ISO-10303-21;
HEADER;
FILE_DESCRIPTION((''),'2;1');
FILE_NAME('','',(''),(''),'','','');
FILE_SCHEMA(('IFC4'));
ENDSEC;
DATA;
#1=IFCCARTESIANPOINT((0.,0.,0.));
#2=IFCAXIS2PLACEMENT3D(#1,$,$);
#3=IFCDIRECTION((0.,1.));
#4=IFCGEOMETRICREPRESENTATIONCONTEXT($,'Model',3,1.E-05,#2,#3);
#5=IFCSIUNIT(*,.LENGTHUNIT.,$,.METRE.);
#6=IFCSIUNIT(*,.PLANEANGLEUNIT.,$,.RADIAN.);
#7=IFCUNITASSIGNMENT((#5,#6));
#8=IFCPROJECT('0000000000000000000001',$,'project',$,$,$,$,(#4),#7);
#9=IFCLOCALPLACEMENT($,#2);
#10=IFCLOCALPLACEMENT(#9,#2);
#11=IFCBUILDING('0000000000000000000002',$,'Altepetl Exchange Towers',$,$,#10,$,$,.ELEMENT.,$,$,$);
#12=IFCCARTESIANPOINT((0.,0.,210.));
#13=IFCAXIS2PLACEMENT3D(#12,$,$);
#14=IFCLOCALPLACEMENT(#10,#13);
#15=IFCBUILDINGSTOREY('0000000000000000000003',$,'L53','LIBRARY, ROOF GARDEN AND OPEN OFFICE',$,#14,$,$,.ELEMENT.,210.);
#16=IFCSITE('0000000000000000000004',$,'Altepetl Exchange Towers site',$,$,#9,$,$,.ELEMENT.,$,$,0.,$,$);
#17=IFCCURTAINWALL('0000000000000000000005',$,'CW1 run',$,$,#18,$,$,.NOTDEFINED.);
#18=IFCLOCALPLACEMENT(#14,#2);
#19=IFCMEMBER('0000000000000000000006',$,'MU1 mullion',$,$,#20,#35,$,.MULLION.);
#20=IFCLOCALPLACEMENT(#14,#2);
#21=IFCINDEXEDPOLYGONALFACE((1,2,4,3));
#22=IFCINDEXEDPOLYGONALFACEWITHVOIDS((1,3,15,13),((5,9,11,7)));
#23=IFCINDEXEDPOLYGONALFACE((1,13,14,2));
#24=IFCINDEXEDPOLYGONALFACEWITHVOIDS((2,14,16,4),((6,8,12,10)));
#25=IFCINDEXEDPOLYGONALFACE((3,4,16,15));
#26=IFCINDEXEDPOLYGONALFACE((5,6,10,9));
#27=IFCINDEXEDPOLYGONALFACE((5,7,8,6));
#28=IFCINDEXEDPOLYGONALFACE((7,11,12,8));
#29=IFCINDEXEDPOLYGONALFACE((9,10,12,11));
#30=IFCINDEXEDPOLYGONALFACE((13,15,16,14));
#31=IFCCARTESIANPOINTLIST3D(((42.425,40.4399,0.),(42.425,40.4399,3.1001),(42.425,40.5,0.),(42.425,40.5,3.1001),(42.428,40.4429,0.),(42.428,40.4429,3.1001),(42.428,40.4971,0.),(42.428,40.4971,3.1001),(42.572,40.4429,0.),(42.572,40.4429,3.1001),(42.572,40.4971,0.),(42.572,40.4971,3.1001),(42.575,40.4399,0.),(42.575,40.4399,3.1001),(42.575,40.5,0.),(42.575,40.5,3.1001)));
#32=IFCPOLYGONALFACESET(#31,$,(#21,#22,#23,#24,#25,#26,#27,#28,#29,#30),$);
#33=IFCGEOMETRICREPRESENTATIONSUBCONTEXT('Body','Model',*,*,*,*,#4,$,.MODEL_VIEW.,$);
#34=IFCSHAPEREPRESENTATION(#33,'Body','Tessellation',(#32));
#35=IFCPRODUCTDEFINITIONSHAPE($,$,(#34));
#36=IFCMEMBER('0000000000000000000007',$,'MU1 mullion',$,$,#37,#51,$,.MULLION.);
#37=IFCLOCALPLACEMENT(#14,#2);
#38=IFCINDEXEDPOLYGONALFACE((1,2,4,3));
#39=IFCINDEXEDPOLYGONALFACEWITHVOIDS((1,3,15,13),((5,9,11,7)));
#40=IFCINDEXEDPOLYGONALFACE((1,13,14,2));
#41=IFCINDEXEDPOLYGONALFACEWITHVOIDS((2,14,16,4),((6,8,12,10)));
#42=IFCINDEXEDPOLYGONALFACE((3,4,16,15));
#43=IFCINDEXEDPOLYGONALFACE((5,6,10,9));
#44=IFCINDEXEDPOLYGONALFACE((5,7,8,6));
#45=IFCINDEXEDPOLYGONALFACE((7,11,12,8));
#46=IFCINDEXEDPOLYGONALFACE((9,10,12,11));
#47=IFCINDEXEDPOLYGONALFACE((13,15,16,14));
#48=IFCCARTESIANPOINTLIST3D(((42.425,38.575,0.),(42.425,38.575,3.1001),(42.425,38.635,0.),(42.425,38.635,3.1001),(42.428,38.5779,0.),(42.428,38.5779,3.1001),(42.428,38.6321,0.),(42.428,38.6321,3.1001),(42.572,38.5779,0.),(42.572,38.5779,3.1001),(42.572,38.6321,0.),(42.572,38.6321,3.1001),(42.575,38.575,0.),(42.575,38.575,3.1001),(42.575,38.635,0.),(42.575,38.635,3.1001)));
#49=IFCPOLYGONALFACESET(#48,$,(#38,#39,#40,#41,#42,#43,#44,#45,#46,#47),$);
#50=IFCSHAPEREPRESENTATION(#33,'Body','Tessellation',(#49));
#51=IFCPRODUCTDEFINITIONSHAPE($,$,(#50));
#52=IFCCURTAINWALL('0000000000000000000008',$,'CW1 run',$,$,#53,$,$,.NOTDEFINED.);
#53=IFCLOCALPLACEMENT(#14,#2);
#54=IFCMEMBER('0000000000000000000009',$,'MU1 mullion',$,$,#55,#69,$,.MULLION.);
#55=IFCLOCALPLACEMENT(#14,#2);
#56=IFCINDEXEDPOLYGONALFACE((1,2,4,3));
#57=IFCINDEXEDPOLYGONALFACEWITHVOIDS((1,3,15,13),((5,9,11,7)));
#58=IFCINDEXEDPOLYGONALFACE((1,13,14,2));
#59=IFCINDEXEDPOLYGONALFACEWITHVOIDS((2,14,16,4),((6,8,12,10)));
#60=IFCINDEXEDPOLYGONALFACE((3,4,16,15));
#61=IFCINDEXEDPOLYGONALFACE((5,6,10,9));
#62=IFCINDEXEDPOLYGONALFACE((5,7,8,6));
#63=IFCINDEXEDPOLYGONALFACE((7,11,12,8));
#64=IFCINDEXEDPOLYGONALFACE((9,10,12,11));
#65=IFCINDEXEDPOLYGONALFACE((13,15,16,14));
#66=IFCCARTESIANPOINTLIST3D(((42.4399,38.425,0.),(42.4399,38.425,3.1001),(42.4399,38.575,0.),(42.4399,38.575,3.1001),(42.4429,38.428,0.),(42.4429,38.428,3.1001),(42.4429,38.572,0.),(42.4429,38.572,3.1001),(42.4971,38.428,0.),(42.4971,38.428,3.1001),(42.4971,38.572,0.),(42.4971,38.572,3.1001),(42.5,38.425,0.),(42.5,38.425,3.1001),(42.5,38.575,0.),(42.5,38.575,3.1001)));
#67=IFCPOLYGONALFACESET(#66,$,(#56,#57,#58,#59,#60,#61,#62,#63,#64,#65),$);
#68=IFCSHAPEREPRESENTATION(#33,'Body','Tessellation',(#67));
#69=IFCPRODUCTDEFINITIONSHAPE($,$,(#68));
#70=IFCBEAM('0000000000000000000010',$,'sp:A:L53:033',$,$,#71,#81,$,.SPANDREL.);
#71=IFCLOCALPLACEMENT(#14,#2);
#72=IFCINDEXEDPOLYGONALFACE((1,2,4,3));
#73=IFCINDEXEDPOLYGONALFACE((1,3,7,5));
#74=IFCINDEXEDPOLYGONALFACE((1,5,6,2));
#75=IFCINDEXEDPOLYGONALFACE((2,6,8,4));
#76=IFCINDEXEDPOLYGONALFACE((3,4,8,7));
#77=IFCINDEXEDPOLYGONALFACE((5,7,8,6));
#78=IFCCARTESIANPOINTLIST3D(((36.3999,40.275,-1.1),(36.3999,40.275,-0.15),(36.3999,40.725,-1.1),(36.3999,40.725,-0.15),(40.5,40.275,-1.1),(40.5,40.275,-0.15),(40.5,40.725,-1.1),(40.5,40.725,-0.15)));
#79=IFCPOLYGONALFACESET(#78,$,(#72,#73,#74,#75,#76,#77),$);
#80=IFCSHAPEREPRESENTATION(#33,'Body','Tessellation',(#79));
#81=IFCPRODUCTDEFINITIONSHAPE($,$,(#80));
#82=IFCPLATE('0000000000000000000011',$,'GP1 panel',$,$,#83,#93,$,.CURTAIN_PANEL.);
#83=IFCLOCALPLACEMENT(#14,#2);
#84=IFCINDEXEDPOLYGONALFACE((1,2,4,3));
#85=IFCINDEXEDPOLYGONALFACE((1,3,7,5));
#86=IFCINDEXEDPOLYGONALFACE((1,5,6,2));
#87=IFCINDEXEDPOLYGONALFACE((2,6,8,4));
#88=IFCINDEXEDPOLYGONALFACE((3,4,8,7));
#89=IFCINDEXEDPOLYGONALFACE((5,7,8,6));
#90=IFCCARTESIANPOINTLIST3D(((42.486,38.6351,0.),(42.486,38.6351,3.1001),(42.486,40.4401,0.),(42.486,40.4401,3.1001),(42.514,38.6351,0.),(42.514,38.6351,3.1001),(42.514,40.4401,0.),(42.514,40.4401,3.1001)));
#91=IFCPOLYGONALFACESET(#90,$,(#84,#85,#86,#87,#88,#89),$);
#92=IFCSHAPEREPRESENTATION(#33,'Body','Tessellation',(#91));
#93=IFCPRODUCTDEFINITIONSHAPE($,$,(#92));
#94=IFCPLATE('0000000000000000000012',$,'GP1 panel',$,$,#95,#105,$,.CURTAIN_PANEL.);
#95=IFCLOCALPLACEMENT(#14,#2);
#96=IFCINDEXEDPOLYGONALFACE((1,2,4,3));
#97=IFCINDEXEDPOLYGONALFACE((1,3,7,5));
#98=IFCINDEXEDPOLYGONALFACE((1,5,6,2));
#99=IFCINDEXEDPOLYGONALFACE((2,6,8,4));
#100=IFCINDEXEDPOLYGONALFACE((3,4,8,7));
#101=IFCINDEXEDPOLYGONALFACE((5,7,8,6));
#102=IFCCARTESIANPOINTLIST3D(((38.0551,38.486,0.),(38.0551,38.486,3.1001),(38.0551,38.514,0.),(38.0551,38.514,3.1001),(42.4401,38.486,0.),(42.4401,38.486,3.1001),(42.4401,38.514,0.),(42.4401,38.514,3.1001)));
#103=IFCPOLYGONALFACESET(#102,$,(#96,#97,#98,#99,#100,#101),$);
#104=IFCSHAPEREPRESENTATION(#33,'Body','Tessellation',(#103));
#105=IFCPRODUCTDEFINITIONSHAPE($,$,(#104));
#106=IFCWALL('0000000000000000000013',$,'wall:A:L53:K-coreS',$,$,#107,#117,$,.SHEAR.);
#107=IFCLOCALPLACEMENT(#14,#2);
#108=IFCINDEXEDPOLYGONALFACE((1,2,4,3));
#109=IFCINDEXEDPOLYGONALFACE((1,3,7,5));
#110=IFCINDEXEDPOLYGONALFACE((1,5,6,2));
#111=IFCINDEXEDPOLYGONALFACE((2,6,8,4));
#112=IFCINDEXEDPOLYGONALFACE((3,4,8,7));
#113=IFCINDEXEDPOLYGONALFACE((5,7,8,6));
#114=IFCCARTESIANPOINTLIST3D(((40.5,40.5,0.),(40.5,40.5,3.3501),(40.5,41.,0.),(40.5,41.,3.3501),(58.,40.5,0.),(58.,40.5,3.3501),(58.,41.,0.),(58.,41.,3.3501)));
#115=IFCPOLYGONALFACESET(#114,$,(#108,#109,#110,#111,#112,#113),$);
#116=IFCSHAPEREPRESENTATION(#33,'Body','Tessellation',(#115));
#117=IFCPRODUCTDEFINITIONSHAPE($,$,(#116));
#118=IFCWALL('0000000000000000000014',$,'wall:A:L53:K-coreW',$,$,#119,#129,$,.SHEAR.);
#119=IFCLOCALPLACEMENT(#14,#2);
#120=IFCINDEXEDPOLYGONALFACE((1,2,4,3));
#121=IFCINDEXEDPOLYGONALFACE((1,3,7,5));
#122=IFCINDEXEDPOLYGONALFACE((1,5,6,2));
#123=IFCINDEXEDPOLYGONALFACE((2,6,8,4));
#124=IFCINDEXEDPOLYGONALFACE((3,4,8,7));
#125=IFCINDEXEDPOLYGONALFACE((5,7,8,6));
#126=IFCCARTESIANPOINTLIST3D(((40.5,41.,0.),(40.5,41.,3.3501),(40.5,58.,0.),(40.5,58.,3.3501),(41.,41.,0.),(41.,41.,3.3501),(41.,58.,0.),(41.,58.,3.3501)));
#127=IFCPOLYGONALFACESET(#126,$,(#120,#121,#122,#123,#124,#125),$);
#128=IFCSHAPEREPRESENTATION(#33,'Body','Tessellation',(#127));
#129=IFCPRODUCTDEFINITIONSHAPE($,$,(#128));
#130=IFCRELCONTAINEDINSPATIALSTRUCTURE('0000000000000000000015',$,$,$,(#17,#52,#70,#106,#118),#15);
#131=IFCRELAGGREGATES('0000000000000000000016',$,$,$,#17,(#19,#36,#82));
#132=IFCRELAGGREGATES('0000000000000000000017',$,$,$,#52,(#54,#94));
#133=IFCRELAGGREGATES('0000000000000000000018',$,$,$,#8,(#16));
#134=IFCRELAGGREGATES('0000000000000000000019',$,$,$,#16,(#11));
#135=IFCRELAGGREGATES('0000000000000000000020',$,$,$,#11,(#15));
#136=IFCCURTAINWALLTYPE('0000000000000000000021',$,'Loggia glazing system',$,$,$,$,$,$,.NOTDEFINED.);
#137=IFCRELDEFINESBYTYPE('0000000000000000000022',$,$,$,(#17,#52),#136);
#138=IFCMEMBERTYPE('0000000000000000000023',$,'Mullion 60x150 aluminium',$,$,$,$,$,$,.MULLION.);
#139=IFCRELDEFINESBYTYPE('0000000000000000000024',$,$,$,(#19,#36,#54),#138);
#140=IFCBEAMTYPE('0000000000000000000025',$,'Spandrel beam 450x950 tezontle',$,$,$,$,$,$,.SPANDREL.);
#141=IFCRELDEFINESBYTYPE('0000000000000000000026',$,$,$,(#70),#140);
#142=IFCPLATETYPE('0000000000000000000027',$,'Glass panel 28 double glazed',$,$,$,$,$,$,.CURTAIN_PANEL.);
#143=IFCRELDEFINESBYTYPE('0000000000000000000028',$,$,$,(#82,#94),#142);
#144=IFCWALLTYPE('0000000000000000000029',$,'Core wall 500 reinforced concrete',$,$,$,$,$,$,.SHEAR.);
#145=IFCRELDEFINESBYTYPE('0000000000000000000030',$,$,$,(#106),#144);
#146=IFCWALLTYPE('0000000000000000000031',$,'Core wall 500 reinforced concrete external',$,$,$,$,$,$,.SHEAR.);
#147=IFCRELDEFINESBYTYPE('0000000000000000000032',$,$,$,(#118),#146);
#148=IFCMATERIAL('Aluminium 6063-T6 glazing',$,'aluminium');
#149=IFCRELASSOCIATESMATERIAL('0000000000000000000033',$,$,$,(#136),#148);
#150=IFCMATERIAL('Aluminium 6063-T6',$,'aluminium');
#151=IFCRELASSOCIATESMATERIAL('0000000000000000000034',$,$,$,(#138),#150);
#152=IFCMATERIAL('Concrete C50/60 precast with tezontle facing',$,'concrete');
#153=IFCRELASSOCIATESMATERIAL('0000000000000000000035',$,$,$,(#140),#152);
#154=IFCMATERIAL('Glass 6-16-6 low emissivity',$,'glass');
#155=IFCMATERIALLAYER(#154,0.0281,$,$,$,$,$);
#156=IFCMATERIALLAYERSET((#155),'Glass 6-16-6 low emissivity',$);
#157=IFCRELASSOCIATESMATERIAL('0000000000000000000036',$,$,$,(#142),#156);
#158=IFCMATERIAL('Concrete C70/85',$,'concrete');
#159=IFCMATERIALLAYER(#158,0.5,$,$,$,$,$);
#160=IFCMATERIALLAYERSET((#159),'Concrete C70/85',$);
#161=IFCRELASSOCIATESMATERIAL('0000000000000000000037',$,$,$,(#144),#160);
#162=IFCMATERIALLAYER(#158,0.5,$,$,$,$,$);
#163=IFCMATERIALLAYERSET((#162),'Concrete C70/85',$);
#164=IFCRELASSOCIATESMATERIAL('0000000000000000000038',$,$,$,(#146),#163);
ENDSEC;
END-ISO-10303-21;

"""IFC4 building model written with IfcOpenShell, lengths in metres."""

from ifc_helpers import new_model, si_unit, direction, frame, frame_2d, origin, origin_2d, place, context, subcontext, project, spatial, rectangle, hollow_rectangle, extrude, material, layer, layer_set, material_profile, profile_set, type_object, element, aggregate, save


model = new_model("IFC4")

# Units and contexts
model_context = context("Model", 3, precision=1e-05, world=origin(), true_north=direction((0.0, 1.0)))
body_context = subcontext(model_context, "Body", "Model", "MODEL_VIEW")
ifc_project = project(units=[si_unit("LENGTHUNIT", "METRE"), si_unit("PLANEANGLEUNIT", "RADIAN")], contexts=[model_context])

# Site, building, storey
site_placement = place(None, origin())
site = spatial("IfcSite", under=ifc_project, at=site_placement, Name="Altepetl Exchange Towers site", CompositionType="ELEMENT", RefElevation=0.0)
building_placement = place(site_placement, origin())
building = spatial("IfcBuilding", under=site, at=building_placement, Name="Altepetl Exchange Towers", CompositionType="ELEMENT")
storey_placement = place(building_placement, frame((0.0, 0.0, 210.0)))
storey = spatial("IfcBuildingStorey", under=building, at=storey_placement, Name="L53", Description="LIBRARY, ROOF GARDEN AND OPEN OFFICE", CompositionType="ELEMENT", Elevation=210.0)

# Curtain wall, members
ifc_material_1 = material(Name="Aluminium 6063-T6 glazing", Category="aluminium")
curtain_wall_type = type_object("IfcCurtainWallType", Name="Loggia glazing system", PredefinedType="NOTDEFINED", material=ifc_material_1)
curtain_wall_1_placement = place(storey_placement, origin())
curtain_wall_1 = element("IfcCurtainWall", 1, at=curtain_wall_1_placement, inside=storey, type_object=curtain_wall_type, Name="CW1 run", PredefinedType="NOTDEFINED")
ifc_material_2 = material(Name="Aluminium 6063-T6", Category="aluminium")
ifc_material_profile_1 = material_profile(ifc_material_2, hollow_rectangle(XDim=0.0601, YDim=0.1499, WallThickness=0.0029, at=origin_2d()), Name="Mullion 60x150 aluminium")
ifc_profile_set_1 = profile_set([ifc_material_profile_1], Name="Aluminium 6063-T6")
member_type = type_object("IfcMemberType", Name="Mullion 60x150 aluminium", PredefinedType="MULLION", material=ifc_profile_set_1)
member_1_placement = place(storey_placement, frame((42.5, 40.47, 0.0), z_axis=(0.0, 0.0, 1.0), x_axis=(0.0, -1.0, 0.0)))
member_1 = element("IfcMember", 2, at=member_1_placement, type_object=member_type, Name="MU1 mullion", PredefinedType="MULLION", context=body_context, shape_type="SweptSolid", body=[
    extrude(hollow_rectangle(XDim=0.0601, YDim=0.1499, WallThickness=0.0029, at=origin_2d()), origin(), (0.0, 0.0, 1.0), 3.1001),
])
member_2_placement = place(storey_placement, frame((42.5, 38.605, 0.0), z_axis=(0.0, 0.0, 1.0), x_axis=(0.0, -1.0, 0.0)))
member_2 = element("IfcMember", 3, at=member_2_placement, type_object=member_type, Name="MU1 mullion", PredefinedType="MULLION", context=body_context, shape_type="SweptSolid", body=[
    extrude(hollow_rectangle(XDim=0.0601, YDim=0.1499, WallThickness=0.0029, at=origin_2d()), origin(), (0.0, 0.0, 1.0), 3.1001),
])

# Curtain wall, member
curtain_wall_2_placement = place(storey_placement, origin())
curtain_wall_2 = element("IfcCurtainWall", 4, at=curtain_wall_2_placement, inside=storey, type_object=curtain_wall_type, Name="CW1 run", PredefinedType="NOTDEFINED")
member_3_placement = place(storey_placement, frame((42.47, 38.5, 0.0), z_axis=(0.0, 0.0, 1.0), x_axis=(-1.0, 0.0, 0.0)))
member_3 = element("IfcMember", 5, at=member_3_placement, type_object=member_type, Name="MU1 mullion", PredefinedType="MULLION", context=body_context, shape_type="SweptSolid", body=[
    extrude(hollow_rectangle(XDim=0.0601, YDim=0.1499, WallThickness=0.0029, at=origin_2d()), origin(), (0.0, 0.0, 1.0), 3.1001),
])

# Beam
ifc_material_3 = material(Name="Concrete C50/60 precast with tezontle facing", Category="concrete")
ifc_material_profile_2 = material_profile(ifc_material_3, rectangle(XDim=0.45, YDim=0.95, at=origin_2d()), Name="450 x 950")
ifc_profile_set_2 = profile_set([ifc_material_profile_2], Name="Concrete C50/60 precast with tezontle facing")
beam_type = type_object("IfcBeamType", Name="Spandrel beam 450x950 tezontle", PredefinedType="SPANDREL", material=ifc_profile_set_2)
beam_placement = place(storey_placement, frame((40.5, 40.5, -0.625), z_axis=(-1.0, 0.0, 0.0), x_axis=(0.0, -1.0, 0.0)))
element("IfcBeam", 6, at=beam_placement, inside=storey, type_object=beam_type, Name="sp:A:L53:033", PredefinedType="SPANDREL", context=body_context, shape_type="SweptSolid", body=[
    extrude(rectangle(XDim=0.45, YDim=0.95, at=origin_2d()), origin(), (0.0, 0.0, 1.0), 4.1001),
])

# Plates
ifc_material_4 = material(Name="Glass 6-16-6 low emissivity", Category="glass")
ifc_layer_1 = layer(ifc_material_4, 0.0281)
ifc_layer_set_1 = layer_set([ifc_layer_1], Name="Glass 6-16-6 low emissivity")
plate_type = type_object("IfcPlateType", Name="Glass panel 28 double glazed", PredefinedType="CURTAIN_PANEL", material=ifc_layer_set_1)
plate_1_placement = place(storey_placement, frame((42.5, 39.5376, 0.0), z_axis=(0.0, 0.0, 1.0), x_axis=(0.0, -1.0, 0.0)))
plate_1 = element("IfcPlate", 7, at=plate_1_placement, type_object=plate_type, Name="GP1 panel", PredefinedType="CURTAIN_PANEL", context=body_context, shape_type="SweptSolid", body=[
    extrude(rectangle(XDim=1.8049, YDim=0.0281, at=origin_2d()), origin(), (0.0, 0.0, 1.0), 3.1001),
])
aggregate(curtain_wall_1, [member_1, member_2, plate_1])
plate_2_placement = place(storey_placement, frame((40.2476, 38.5, 0.0), z_axis=(0.0, 0.0, 1.0), x_axis=(-1.0, 0.0, 0.0)))
plate_2 = element("IfcPlate", 8, at=plate_2_placement, type_object=plate_type, Name="GP1 panel", PredefinedType="CURTAIN_PANEL", context=body_context, shape_type="SweptSolid", body=[
    extrude(rectangle(XDim=4.385, YDim=0.0281, at=origin_2d()), origin(), (0.0, 0.0, 1.0), 3.1001),
])
aggregate(curtain_wall_2, [member_3, plate_2])

# Walls
ifc_material_5 = material(Name="Concrete C70/85", Category="concrete")
ifc_layer_2 = layer(ifc_material_5, 0.5)
ifc_layer_set_2 = layer_set([ifc_layer_2], Name="Concrete C70/85")
wall_type_1 = type_object("IfcWallType", Name="Core wall 500 reinforced concrete", PredefinedType="SHEAR", material=ifc_layer_set_2)
wall_1_placement = place(storey_placement, frame((40.5, 40.75, 0.0)))
element("IfcWall", 9, at=wall_1_placement, inside=storey, type_object=wall_type_1, Name="wall:A:L53:K-coreS", PredefinedType="SHEAR", context=body_context, shape_type="SweptSolid", body=[
    extrude(rectangle(XDim=17.5, YDim=0.5, at=frame_2d((8.75, 0.0))), origin(), (0.0, 0.0, 1.0), 3.3501),
])
ifc_layer_3 = layer(ifc_material_5, 0.5)
ifc_layer_set_3 = layer_set([ifc_layer_3], Name="Concrete C70/85")
wall_type_2 = type_object("IfcWallType", Name="Core wall 500 reinforced concrete external", PredefinedType="SHEAR", material=ifc_layer_set_3)
wall_2_placement = place(storey_placement, frame((40.75, 41.0, 0.0), z_axis=(0.0, 0.0, 1.0), x_axis=(0.0, 1.0, 0.0)))
element("IfcWall", 10, at=wall_2_placement, inside=storey, type_object=wall_type_2, Name="wall:A:L53:K-coreW", PredefinedType="SHEAR", context=body_context, shape_type="SweptSolid", body=[
    extrude(rectangle(XDim=17.0, YDim=0.5, at=frame_2d((8.5, 0.0))), origin(), (0.0, 0.0, 1.0), 3.3501),
])

save(model, "model.ifc")
